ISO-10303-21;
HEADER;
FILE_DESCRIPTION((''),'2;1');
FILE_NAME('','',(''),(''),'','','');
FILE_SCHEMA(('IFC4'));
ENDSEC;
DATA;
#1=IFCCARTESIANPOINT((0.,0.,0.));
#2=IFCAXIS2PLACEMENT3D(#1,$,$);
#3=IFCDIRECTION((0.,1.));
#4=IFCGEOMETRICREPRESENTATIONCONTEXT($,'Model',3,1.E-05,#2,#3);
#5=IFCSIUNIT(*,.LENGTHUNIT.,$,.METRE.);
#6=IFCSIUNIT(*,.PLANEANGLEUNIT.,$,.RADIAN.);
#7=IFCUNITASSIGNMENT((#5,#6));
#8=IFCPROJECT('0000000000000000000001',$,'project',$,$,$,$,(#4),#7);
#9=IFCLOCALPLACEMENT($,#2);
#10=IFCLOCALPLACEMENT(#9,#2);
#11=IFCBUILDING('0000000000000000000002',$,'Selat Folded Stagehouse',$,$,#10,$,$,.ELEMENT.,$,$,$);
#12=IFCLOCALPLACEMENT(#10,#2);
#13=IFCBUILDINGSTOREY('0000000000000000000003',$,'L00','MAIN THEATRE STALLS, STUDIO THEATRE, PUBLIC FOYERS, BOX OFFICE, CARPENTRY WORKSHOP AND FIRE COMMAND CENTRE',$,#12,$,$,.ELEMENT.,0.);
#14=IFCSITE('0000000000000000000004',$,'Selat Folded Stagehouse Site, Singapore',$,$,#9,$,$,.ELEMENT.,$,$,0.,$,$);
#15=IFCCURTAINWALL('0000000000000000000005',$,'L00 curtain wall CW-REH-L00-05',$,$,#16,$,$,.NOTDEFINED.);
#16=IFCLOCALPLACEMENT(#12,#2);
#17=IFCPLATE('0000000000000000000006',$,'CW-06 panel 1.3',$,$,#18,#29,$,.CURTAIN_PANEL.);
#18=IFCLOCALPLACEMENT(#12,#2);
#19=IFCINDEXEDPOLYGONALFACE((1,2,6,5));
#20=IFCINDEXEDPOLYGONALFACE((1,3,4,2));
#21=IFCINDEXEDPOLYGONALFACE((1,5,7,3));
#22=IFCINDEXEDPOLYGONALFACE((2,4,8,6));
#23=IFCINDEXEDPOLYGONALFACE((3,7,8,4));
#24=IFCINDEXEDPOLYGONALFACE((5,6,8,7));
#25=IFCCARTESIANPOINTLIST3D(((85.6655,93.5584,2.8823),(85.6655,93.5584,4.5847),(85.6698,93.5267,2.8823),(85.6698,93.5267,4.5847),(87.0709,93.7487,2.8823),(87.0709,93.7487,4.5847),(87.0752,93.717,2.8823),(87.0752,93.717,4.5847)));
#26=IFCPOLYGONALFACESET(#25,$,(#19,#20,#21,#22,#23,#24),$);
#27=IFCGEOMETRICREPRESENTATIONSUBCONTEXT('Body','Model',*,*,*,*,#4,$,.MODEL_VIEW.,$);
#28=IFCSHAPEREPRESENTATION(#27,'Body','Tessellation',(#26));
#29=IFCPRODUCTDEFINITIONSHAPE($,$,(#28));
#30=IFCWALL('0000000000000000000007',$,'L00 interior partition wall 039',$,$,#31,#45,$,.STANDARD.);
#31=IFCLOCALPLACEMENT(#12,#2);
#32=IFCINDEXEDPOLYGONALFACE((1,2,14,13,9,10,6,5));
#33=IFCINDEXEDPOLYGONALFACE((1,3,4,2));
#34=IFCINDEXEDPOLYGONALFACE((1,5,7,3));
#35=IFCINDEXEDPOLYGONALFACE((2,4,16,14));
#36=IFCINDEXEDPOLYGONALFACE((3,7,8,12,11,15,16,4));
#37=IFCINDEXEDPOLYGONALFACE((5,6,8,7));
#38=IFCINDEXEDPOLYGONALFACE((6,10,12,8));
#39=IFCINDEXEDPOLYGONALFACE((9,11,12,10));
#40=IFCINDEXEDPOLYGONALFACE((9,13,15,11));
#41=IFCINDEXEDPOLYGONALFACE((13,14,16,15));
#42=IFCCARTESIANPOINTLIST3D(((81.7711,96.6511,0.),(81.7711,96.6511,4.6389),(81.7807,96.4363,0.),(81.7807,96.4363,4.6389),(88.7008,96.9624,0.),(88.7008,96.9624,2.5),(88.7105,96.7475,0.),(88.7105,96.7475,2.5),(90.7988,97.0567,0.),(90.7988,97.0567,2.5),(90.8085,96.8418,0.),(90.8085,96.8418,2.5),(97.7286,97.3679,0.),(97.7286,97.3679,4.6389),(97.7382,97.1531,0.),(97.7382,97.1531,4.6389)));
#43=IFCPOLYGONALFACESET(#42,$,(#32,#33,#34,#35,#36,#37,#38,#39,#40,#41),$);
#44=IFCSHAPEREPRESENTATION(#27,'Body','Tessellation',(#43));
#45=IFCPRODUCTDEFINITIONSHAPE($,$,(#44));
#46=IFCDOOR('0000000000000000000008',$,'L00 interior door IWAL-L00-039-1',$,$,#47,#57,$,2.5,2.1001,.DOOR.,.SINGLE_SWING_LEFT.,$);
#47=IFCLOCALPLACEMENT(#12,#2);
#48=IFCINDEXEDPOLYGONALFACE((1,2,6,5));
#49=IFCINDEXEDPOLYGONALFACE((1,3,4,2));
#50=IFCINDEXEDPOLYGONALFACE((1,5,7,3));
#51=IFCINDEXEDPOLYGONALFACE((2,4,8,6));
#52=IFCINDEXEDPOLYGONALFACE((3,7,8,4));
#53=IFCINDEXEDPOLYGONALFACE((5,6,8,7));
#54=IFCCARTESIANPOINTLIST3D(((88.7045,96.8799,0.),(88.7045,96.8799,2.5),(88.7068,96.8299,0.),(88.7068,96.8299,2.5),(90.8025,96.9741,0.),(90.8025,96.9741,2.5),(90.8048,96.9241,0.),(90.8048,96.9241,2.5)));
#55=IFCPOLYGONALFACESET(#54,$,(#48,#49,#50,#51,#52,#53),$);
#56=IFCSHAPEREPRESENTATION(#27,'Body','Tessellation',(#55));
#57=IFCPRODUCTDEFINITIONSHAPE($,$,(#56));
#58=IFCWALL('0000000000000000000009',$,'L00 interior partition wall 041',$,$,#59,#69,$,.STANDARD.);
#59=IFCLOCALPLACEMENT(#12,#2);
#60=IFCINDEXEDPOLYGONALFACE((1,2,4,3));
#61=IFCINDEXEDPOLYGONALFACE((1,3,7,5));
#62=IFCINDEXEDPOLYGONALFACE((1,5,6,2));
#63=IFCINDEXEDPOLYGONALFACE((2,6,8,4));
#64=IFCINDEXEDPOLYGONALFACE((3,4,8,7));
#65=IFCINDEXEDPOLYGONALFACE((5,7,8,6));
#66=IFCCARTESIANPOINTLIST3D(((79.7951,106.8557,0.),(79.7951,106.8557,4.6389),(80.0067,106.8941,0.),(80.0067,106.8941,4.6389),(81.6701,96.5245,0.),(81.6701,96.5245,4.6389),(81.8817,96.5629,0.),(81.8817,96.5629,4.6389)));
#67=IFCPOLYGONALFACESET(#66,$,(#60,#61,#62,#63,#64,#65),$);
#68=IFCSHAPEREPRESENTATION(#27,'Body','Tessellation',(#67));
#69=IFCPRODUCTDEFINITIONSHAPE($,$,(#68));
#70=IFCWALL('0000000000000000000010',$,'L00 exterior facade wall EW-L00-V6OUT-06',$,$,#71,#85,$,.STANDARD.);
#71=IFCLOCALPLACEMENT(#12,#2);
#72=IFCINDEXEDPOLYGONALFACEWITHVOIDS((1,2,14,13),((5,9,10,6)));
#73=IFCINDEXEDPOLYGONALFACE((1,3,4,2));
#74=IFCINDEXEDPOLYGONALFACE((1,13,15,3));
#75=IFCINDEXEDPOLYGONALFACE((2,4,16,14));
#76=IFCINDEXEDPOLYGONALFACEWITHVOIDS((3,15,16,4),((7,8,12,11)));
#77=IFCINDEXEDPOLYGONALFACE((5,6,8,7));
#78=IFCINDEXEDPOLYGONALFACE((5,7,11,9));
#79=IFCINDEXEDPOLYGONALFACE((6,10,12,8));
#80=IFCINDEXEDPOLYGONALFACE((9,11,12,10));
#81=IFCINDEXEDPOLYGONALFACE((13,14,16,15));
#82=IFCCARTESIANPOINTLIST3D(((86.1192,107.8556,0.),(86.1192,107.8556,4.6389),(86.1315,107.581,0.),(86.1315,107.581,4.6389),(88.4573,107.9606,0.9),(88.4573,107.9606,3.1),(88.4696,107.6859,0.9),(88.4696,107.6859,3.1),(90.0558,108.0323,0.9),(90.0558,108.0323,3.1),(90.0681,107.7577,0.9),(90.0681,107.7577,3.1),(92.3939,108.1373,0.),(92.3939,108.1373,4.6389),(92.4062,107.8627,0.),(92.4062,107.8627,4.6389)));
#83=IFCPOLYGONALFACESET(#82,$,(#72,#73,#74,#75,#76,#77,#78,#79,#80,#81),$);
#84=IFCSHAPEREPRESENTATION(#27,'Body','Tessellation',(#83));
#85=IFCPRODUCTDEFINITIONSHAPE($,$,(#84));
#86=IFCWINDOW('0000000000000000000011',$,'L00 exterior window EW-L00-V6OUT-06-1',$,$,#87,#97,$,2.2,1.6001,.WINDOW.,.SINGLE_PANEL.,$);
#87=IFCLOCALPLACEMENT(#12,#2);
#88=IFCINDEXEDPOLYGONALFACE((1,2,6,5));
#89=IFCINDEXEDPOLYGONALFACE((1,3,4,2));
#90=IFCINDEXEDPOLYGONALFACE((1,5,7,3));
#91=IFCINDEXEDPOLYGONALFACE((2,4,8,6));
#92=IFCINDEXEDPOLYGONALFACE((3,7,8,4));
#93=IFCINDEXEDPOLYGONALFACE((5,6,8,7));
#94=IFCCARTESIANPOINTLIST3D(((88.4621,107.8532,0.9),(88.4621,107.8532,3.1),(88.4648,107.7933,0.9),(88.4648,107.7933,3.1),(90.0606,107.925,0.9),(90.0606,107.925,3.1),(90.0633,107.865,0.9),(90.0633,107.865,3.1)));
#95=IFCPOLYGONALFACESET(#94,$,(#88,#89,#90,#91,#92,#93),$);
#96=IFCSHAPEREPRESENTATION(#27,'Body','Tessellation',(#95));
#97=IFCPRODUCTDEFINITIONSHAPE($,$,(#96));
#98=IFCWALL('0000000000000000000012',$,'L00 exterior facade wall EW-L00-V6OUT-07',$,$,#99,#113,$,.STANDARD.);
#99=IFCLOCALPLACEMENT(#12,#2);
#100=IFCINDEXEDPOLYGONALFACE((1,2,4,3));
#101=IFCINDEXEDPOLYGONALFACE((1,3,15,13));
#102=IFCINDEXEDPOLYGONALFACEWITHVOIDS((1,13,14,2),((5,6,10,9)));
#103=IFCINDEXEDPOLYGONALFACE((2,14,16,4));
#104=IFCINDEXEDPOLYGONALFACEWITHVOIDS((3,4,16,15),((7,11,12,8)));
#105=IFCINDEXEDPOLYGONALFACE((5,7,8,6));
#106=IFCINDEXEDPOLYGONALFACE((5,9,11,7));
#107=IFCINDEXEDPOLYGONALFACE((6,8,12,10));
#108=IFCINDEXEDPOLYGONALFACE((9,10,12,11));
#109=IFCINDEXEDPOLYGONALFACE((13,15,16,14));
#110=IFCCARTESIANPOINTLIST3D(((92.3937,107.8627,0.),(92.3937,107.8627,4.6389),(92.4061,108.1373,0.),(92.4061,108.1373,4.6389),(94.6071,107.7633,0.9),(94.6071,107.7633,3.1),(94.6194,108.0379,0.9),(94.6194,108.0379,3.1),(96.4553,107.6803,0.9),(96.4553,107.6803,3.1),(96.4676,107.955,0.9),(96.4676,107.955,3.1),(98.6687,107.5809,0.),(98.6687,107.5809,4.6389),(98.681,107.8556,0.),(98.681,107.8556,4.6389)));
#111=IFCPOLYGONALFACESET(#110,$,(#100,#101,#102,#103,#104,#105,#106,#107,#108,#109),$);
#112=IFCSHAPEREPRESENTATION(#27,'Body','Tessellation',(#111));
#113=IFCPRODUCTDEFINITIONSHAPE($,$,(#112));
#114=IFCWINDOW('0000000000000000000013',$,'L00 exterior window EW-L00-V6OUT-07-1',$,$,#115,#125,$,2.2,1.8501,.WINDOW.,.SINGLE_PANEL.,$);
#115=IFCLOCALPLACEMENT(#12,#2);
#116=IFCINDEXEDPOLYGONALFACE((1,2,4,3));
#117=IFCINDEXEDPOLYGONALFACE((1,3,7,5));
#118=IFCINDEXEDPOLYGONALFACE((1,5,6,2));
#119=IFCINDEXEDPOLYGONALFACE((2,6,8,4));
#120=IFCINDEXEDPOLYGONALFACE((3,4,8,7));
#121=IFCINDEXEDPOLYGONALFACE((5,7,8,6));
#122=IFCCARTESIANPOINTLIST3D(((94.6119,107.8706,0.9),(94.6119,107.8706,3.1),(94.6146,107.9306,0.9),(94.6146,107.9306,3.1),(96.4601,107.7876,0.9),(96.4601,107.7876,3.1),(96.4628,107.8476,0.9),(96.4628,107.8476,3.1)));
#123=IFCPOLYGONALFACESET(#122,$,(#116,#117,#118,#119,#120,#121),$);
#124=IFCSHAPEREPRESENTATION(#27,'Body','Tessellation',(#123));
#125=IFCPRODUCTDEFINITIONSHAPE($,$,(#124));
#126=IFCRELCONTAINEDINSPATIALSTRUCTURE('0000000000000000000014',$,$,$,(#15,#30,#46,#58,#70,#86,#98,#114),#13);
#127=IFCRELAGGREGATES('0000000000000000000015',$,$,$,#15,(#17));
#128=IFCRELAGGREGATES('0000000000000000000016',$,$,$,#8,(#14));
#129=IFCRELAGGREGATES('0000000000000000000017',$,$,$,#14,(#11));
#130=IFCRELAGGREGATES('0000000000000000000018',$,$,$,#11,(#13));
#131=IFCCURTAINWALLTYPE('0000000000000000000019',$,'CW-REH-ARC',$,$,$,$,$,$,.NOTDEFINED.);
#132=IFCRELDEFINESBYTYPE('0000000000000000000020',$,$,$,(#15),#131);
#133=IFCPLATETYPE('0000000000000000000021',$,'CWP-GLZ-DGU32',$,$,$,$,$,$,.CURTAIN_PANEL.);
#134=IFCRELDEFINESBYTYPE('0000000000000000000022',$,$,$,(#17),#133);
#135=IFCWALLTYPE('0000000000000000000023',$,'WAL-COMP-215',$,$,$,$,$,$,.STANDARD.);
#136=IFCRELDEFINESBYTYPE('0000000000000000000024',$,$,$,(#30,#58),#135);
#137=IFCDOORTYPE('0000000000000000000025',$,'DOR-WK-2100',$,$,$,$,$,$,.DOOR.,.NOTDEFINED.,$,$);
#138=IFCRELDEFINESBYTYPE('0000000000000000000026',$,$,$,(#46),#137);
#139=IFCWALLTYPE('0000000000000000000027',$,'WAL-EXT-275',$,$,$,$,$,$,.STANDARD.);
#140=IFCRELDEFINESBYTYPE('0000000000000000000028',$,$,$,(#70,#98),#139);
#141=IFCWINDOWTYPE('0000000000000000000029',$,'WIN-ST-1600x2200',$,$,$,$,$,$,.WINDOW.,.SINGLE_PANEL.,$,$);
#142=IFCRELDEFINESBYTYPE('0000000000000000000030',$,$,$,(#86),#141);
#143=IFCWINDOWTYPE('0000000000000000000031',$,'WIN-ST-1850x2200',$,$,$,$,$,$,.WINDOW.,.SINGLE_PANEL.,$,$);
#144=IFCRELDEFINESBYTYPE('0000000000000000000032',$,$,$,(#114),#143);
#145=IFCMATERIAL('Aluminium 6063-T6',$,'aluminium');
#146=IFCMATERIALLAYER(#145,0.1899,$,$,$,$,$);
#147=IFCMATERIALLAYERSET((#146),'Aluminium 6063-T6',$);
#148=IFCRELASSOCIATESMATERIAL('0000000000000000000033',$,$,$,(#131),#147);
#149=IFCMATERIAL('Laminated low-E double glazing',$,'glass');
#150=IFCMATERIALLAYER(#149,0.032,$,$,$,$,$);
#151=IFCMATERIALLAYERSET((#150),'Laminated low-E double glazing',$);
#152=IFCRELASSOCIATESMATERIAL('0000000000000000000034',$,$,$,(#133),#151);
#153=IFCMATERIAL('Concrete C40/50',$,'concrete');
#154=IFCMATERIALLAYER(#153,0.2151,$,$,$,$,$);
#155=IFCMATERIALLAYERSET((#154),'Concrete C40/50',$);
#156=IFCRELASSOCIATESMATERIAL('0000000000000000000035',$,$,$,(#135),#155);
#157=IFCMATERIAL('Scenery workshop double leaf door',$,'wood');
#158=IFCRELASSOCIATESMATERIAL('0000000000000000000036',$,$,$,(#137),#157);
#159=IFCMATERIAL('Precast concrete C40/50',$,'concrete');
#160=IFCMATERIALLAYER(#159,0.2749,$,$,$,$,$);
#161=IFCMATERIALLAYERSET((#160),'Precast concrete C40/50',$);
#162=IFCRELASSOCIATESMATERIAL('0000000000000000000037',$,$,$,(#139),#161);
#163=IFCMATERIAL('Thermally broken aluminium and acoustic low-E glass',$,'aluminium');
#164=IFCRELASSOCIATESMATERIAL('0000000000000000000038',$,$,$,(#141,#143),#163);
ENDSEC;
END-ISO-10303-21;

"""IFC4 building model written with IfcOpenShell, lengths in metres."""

from ifc_helpers import new_model, si_unit, direction, frame, frame_2d, origin, origin_2d, place, context, subcontext, project, spatial, rectangle, extrude, material, layer, layer_set, type_object, element, fill, aggregate, save


model = new_model("IFC4")

# Units and contexts
model_context = context("Model", 3, precision=1e-05, world=origin(), true_north=direction((0.0, 1.0)))
body_context = subcontext(model_context, "Body", "Model", "MODEL_VIEW")
ifc_project = project(units=[si_unit("LENGTHUNIT", "METRE"), si_unit("PLANEANGLEUNIT", "RADIAN")], contexts=[model_context])

# Site, building, storey
site_placement = place(None, origin())
site = spatial("IfcSite", under=ifc_project, at=site_placement, Name="Selat Folded Stagehouse Site, Singapore", CompositionType="ELEMENT", RefElevation=0.0)
building_placement = place(site_placement, origin())
building = spatial("IfcBuilding", under=site, at=building_placement, Name="Selat Folded Stagehouse", CompositionType="ELEMENT")
storey_placement = place(building_placement, origin())
storey = spatial("IfcBuildingStorey", under=building, at=storey_placement, Name="L00", Description="MAIN THEATRE STALLS, STUDIO THEATRE, PUBLIC FOYERS, BOX OFFICE, CARPENTRY WORKSHOP AND FIRE COMMAND CENTRE", CompositionType="ELEMENT", Elevation=0.0)

# Curtain wall
ifc_material_1 = material(Name="Aluminium 6063-T6", Category="aluminium")
ifc_layer_1 = layer(ifc_material_1, 0.1899)
ifc_layer_set_1 = layer_set([ifc_layer_1], Name="Aluminium 6063-T6")
curtain_wall_type = type_object("IfcCurtainWallType", Name="CW-REH-ARC", PredefinedType="NOTDEFINED", material=ifc_layer_set_1)
curtain_wall_placement = place(storey_placement, origin())
curtain_wall = element("IfcCurtainWall", 1, at=curtain_wall_placement, inside=storey, type_object=curtain_wall_type, Name="L00 curtain wall CW-REH-L00-05", PredefinedType="NOTDEFINED")

# Plate
ifc_material_2 = material(Name="Laminated low-E double glazing", Category="glass")
ifc_layer_2 = layer(ifc_material_2, 0.032)
ifc_layer_set_2 = layer_set([ifc_layer_2], Name="Laminated low-E double glazing")
plate_type = type_object("IfcPlateType", Name="CWP-GLZ-DGU32", PredefinedType="CURTAIN_PANEL", material=ifc_layer_set_2)
plate_1_placement = place(storey_placement, frame((86.3704, 93.6377, 2.8823), z_axis=(0.0, 0.0, 1.0), x_axis=(-0.990953, -0.134212, 0.0)))
plate_1 = element("IfcPlate", 2, at=plate_1_placement, type_object=plate_type, Name="CW-06 panel 1.3", PredefinedType="CURTAIN_PANEL", context=body_context, shape_type="SweptSolid", body=[
    extrude(rectangle(XDim=1.4182, YDim=0.032, at=origin_2d()), origin(), (0.0, 0.0, 1.0), 1.7024),
])
aggregate(curtain_wall, [plate_1])

# Wall, opening, door
ifc_material_3 = material(Name="Concrete C40/50", Category="concrete")
ifc_layer_3 = layer(ifc_material_3, 0.2151)
ifc_layer_set_3 = layer_set([ifc_layer_3], Name="Concrete C40/50")
wall_type_1 = type_object("IfcWallType", Name="WAL-COMP-215", PredefinedType="STANDARD", material=ifc_layer_set_3)
wall_1_placement = place(storey_placement, frame((81.7759, 96.5437, 0.0), z_axis=(0.0, 0.0, 1.0), x_axis=(0.998993, 0.044874, 0.0)))
wall_1 = element("IfcWall", 3, at=wall_1_placement, inside=storey, type_object=wall_type_1, Name="L00 interior partition wall 039", PredefinedType="STANDARD", context=body_context, shape_type="SweptSolid", body=[
    extrude(rectangle(XDim=15.9736, YDim=0.2151, at=frame_2d((7.9868, 0.0))), origin(), (0.0, 0.0, 1.0), 4.6389),
])
opening_1_placement = place(wall_1_placement, frame((6.9368, 0.0, 0.0)))
opening_1 = element("IfcOpeningElement", 4, at=opening_1_placement, cuts=wall_1, PredefinedType="OPENING", context=body_context, shape_type="SweptSolid", body=[
    extrude(rectangle(XDim=2.1001, YDim=2.5, at=frame_2d((1.05, 1.25))), frame((0.0, 0.1174, 0.0), z_axis=(0.0, -1.0, 0.0), x_axis=(1.0, 0.0, 0.0)), (0.0, 0.0, 1.0), 0.2351),
])
ifc_material_4 = material(Name="Scenery workshop double leaf door", Category="wood")
door_type_1 = type_object("IfcDoorType", Name="DOR-WK-2100", OperationType="NOTDEFINED", PredefinedType="DOOR", material=ifc_material_4)
door_1_placement = place(opening_1_placement, origin())
door_1 = element("IfcDoor", 5, at=door_1_placement, inside=storey, type_object=door_type_1, Name="L00 interior door IWAL-L00-039-1", OperationType="SINGLE_SWING_LEFT", OverallHeight=2.5, OverallWidth=2.1001, PredefinedType="DOOR", context=body_context, shape_type="SweptSolid", body=[
    extrude(rectangle(XDim=2.1001, YDim=2.5, at=frame_2d((1.05, 1.25))), frame((0.0, 0.0249, 0.0), z_axis=(0.0, -1.0, 0.0), x_axis=(1.0, 0.0, 0.0)), (0.0, 0.0, 1.0), 0.05),
])
fill(opening_1, door_1)

# Wall
wall_2_placement = place(storey_placement, frame((81.7759, 96.5437, 0.0), z_axis=(0.0, 0.0, 1.0), x_axis=(-0.17857, 0.983927, 0.0)))
element("IfcWall", 6, at=wall_2_placement, inside=storey, type_object=wall_type_1, Name="L00 interior partition wall 041", PredefinedType="STANDARD", context=body_context, shape_type="SweptSolid", body=[
    extrude(rectangle(XDim=10.5, YDim=0.2151, at=frame_2d((5.25, 0.0))), origin(), (0.0, 0.0, 1.0), 4.6389),
])

# Walls, openings, windows
ifc_material_5 = material(Name="Precast concrete C40/50", Category="concrete")
ifc_layer_4 = layer(ifc_material_5, 0.2749)
ifc_layer_set_4 = layer_set([ifc_layer_4], Name="Precast concrete C40/50")
wall_type_2 = type_object("IfcWallType", Name="WAL-EXT-275", PredefinedType="STANDARD", material=ifc_layer_set_4)
wall_3_placement = place(storey_placement, frame((86.1252, 107.7183, 0.0), z_axis=(0.0, 0.0, 1.0), x_axis=(0.998993, 0.044856, 0.0)))
wall_3 = element("IfcWall", 7, at=wall_3_placement, inside=storey, type_object=wall_type_2, Name="L00 exterior facade wall EW-L00-V6OUT-06", PredefinedType="STANDARD", context=body_context, shape_type="SweptSolid", body=[
    extrude(rectangle(XDim=6.281, YDim=0.2749, at=frame_2d((3.1406, 0.0))), origin(), (0.0, 0.0, 1.0), 4.6389),
])
opening_2_placement = place(wall_3_placement, frame((2.3406, 0.0, 0.8999)))
opening_2 = element("IfcOpeningElement", 8, at=opening_2_placement, cuts=wall_3, PredefinedType="OPENING", context=body_context, shape_type="SweptSolid", body=[
    extrude(rectangle(XDim=1.6001, YDim=2.2, at=frame_2d((0.8, 1.1001))), frame((0.0, 0.1475, 0.0), z_axis=(0.0, -1.0, 0.0), x_axis=(1.0, 0.0, 0.0)), (0.0, 0.0, 1.0), 0.2949),
])
ifc_material_6 = material(Name="Thermally broken aluminium and acoustic low-E glass", Category="aluminium")
window_type_1 = type_object("IfcWindowType", Name="WIN-ST-1600x2200", PartitioningType="SINGLE_PANEL", PredefinedType="WINDOW", material=ifc_material_6)
window_1_placement = place(opening_2_placement, origin())
window_1 = element("IfcWindow", 9, at=window_1_placement, inside=storey, type_object=window_type_1, Name="L00 exterior window EW-L00-V6OUT-06-1", OverallHeight=2.2, OverallWidth=1.6001, PartitioningType="SINGLE_PANEL", PredefinedType="WINDOW", context=body_context, shape_type="SweptSolid", body=[
    extrude(rectangle(XDim=1.6001, YDim=2.2, at=frame_2d((0.8, 1.1001))), frame((0.0, 0.03, 0.0), z_axis=(0.0, -1.0, 0.0), x_axis=(1.0, 0.0, 0.0)), (0.0, 0.0, 1.0), 0.0601),
])
fill(opening_2, window_1)
wall_4_placement = place(storey_placement, frame((92.3999, 108.0, 0.0), z_axis=(0.0, 0.0, 1.0), x_axis=(0.998994, -0.044854, 0.0)))
wall_4 = element("IfcWall", 10, at=wall_4_placement, inside=storey, type_object=wall_type_2, Name="L00 exterior facade wall EW-L00-V6OUT-07", PredefinedType="STANDARD", context=body_context, shape_type="SweptSolid", body=[
    extrude(rectangle(XDim=6.2812, YDim=0.2749, at=frame_2d((3.1406, 0.0))), origin(), (0.0, 0.0, 1.0), 4.6389),
])
opening_3_placement = place(wall_4_placement, frame((2.2156, 0.0, 0.8999)))
opening_3 = element("IfcOpeningElement", 11, at=opening_3_placement, cuts=wall_4, PredefinedType="OPENING", context=body_context, shape_type="SweptSolid", body=[
    extrude(rectangle(XDim=1.8501, YDim=2.2, at=frame_2d((0.925, 1.1001))), frame((0.0, 0.1475, 0.0), z_axis=(0.0, -1.0, 0.0), x_axis=(1.0, 0.0, 0.0)), (0.0, 0.0, 1.0), 0.2949),
])
window_type_2 = type_object("IfcWindowType", Name="WIN-ST-1850x2200", PartitioningType="SINGLE_PANEL", PredefinedType="WINDOW", material=ifc_material_6)
window_2_placement = place(opening_3_placement, origin())
window_2 = element("IfcWindow", 12, at=window_2_placement, inside=storey, type_object=window_type_2, Name="L00 exterior window EW-L00-V6OUT-07-1", OverallHeight=2.2, OverallWidth=1.8501, PartitioningType="SINGLE_PANEL", PredefinedType="WINDOW", context=body_context, shape_type="SweptSolid", body=[
    extrude(rectangle(XDim=1.8501, YDim=2.2, at=frame_2d((0.925, 1.1001))), frame((0.0, 0.03, 0.0), z_axis=(0.0, -1.0, 0.0), x_axis=(1.0, 0.0, 0.0)), (0.0, 0.0, 1.0), 0.0601),
])
fill(opening_3, window_2)

save(model, "model.ifc")
